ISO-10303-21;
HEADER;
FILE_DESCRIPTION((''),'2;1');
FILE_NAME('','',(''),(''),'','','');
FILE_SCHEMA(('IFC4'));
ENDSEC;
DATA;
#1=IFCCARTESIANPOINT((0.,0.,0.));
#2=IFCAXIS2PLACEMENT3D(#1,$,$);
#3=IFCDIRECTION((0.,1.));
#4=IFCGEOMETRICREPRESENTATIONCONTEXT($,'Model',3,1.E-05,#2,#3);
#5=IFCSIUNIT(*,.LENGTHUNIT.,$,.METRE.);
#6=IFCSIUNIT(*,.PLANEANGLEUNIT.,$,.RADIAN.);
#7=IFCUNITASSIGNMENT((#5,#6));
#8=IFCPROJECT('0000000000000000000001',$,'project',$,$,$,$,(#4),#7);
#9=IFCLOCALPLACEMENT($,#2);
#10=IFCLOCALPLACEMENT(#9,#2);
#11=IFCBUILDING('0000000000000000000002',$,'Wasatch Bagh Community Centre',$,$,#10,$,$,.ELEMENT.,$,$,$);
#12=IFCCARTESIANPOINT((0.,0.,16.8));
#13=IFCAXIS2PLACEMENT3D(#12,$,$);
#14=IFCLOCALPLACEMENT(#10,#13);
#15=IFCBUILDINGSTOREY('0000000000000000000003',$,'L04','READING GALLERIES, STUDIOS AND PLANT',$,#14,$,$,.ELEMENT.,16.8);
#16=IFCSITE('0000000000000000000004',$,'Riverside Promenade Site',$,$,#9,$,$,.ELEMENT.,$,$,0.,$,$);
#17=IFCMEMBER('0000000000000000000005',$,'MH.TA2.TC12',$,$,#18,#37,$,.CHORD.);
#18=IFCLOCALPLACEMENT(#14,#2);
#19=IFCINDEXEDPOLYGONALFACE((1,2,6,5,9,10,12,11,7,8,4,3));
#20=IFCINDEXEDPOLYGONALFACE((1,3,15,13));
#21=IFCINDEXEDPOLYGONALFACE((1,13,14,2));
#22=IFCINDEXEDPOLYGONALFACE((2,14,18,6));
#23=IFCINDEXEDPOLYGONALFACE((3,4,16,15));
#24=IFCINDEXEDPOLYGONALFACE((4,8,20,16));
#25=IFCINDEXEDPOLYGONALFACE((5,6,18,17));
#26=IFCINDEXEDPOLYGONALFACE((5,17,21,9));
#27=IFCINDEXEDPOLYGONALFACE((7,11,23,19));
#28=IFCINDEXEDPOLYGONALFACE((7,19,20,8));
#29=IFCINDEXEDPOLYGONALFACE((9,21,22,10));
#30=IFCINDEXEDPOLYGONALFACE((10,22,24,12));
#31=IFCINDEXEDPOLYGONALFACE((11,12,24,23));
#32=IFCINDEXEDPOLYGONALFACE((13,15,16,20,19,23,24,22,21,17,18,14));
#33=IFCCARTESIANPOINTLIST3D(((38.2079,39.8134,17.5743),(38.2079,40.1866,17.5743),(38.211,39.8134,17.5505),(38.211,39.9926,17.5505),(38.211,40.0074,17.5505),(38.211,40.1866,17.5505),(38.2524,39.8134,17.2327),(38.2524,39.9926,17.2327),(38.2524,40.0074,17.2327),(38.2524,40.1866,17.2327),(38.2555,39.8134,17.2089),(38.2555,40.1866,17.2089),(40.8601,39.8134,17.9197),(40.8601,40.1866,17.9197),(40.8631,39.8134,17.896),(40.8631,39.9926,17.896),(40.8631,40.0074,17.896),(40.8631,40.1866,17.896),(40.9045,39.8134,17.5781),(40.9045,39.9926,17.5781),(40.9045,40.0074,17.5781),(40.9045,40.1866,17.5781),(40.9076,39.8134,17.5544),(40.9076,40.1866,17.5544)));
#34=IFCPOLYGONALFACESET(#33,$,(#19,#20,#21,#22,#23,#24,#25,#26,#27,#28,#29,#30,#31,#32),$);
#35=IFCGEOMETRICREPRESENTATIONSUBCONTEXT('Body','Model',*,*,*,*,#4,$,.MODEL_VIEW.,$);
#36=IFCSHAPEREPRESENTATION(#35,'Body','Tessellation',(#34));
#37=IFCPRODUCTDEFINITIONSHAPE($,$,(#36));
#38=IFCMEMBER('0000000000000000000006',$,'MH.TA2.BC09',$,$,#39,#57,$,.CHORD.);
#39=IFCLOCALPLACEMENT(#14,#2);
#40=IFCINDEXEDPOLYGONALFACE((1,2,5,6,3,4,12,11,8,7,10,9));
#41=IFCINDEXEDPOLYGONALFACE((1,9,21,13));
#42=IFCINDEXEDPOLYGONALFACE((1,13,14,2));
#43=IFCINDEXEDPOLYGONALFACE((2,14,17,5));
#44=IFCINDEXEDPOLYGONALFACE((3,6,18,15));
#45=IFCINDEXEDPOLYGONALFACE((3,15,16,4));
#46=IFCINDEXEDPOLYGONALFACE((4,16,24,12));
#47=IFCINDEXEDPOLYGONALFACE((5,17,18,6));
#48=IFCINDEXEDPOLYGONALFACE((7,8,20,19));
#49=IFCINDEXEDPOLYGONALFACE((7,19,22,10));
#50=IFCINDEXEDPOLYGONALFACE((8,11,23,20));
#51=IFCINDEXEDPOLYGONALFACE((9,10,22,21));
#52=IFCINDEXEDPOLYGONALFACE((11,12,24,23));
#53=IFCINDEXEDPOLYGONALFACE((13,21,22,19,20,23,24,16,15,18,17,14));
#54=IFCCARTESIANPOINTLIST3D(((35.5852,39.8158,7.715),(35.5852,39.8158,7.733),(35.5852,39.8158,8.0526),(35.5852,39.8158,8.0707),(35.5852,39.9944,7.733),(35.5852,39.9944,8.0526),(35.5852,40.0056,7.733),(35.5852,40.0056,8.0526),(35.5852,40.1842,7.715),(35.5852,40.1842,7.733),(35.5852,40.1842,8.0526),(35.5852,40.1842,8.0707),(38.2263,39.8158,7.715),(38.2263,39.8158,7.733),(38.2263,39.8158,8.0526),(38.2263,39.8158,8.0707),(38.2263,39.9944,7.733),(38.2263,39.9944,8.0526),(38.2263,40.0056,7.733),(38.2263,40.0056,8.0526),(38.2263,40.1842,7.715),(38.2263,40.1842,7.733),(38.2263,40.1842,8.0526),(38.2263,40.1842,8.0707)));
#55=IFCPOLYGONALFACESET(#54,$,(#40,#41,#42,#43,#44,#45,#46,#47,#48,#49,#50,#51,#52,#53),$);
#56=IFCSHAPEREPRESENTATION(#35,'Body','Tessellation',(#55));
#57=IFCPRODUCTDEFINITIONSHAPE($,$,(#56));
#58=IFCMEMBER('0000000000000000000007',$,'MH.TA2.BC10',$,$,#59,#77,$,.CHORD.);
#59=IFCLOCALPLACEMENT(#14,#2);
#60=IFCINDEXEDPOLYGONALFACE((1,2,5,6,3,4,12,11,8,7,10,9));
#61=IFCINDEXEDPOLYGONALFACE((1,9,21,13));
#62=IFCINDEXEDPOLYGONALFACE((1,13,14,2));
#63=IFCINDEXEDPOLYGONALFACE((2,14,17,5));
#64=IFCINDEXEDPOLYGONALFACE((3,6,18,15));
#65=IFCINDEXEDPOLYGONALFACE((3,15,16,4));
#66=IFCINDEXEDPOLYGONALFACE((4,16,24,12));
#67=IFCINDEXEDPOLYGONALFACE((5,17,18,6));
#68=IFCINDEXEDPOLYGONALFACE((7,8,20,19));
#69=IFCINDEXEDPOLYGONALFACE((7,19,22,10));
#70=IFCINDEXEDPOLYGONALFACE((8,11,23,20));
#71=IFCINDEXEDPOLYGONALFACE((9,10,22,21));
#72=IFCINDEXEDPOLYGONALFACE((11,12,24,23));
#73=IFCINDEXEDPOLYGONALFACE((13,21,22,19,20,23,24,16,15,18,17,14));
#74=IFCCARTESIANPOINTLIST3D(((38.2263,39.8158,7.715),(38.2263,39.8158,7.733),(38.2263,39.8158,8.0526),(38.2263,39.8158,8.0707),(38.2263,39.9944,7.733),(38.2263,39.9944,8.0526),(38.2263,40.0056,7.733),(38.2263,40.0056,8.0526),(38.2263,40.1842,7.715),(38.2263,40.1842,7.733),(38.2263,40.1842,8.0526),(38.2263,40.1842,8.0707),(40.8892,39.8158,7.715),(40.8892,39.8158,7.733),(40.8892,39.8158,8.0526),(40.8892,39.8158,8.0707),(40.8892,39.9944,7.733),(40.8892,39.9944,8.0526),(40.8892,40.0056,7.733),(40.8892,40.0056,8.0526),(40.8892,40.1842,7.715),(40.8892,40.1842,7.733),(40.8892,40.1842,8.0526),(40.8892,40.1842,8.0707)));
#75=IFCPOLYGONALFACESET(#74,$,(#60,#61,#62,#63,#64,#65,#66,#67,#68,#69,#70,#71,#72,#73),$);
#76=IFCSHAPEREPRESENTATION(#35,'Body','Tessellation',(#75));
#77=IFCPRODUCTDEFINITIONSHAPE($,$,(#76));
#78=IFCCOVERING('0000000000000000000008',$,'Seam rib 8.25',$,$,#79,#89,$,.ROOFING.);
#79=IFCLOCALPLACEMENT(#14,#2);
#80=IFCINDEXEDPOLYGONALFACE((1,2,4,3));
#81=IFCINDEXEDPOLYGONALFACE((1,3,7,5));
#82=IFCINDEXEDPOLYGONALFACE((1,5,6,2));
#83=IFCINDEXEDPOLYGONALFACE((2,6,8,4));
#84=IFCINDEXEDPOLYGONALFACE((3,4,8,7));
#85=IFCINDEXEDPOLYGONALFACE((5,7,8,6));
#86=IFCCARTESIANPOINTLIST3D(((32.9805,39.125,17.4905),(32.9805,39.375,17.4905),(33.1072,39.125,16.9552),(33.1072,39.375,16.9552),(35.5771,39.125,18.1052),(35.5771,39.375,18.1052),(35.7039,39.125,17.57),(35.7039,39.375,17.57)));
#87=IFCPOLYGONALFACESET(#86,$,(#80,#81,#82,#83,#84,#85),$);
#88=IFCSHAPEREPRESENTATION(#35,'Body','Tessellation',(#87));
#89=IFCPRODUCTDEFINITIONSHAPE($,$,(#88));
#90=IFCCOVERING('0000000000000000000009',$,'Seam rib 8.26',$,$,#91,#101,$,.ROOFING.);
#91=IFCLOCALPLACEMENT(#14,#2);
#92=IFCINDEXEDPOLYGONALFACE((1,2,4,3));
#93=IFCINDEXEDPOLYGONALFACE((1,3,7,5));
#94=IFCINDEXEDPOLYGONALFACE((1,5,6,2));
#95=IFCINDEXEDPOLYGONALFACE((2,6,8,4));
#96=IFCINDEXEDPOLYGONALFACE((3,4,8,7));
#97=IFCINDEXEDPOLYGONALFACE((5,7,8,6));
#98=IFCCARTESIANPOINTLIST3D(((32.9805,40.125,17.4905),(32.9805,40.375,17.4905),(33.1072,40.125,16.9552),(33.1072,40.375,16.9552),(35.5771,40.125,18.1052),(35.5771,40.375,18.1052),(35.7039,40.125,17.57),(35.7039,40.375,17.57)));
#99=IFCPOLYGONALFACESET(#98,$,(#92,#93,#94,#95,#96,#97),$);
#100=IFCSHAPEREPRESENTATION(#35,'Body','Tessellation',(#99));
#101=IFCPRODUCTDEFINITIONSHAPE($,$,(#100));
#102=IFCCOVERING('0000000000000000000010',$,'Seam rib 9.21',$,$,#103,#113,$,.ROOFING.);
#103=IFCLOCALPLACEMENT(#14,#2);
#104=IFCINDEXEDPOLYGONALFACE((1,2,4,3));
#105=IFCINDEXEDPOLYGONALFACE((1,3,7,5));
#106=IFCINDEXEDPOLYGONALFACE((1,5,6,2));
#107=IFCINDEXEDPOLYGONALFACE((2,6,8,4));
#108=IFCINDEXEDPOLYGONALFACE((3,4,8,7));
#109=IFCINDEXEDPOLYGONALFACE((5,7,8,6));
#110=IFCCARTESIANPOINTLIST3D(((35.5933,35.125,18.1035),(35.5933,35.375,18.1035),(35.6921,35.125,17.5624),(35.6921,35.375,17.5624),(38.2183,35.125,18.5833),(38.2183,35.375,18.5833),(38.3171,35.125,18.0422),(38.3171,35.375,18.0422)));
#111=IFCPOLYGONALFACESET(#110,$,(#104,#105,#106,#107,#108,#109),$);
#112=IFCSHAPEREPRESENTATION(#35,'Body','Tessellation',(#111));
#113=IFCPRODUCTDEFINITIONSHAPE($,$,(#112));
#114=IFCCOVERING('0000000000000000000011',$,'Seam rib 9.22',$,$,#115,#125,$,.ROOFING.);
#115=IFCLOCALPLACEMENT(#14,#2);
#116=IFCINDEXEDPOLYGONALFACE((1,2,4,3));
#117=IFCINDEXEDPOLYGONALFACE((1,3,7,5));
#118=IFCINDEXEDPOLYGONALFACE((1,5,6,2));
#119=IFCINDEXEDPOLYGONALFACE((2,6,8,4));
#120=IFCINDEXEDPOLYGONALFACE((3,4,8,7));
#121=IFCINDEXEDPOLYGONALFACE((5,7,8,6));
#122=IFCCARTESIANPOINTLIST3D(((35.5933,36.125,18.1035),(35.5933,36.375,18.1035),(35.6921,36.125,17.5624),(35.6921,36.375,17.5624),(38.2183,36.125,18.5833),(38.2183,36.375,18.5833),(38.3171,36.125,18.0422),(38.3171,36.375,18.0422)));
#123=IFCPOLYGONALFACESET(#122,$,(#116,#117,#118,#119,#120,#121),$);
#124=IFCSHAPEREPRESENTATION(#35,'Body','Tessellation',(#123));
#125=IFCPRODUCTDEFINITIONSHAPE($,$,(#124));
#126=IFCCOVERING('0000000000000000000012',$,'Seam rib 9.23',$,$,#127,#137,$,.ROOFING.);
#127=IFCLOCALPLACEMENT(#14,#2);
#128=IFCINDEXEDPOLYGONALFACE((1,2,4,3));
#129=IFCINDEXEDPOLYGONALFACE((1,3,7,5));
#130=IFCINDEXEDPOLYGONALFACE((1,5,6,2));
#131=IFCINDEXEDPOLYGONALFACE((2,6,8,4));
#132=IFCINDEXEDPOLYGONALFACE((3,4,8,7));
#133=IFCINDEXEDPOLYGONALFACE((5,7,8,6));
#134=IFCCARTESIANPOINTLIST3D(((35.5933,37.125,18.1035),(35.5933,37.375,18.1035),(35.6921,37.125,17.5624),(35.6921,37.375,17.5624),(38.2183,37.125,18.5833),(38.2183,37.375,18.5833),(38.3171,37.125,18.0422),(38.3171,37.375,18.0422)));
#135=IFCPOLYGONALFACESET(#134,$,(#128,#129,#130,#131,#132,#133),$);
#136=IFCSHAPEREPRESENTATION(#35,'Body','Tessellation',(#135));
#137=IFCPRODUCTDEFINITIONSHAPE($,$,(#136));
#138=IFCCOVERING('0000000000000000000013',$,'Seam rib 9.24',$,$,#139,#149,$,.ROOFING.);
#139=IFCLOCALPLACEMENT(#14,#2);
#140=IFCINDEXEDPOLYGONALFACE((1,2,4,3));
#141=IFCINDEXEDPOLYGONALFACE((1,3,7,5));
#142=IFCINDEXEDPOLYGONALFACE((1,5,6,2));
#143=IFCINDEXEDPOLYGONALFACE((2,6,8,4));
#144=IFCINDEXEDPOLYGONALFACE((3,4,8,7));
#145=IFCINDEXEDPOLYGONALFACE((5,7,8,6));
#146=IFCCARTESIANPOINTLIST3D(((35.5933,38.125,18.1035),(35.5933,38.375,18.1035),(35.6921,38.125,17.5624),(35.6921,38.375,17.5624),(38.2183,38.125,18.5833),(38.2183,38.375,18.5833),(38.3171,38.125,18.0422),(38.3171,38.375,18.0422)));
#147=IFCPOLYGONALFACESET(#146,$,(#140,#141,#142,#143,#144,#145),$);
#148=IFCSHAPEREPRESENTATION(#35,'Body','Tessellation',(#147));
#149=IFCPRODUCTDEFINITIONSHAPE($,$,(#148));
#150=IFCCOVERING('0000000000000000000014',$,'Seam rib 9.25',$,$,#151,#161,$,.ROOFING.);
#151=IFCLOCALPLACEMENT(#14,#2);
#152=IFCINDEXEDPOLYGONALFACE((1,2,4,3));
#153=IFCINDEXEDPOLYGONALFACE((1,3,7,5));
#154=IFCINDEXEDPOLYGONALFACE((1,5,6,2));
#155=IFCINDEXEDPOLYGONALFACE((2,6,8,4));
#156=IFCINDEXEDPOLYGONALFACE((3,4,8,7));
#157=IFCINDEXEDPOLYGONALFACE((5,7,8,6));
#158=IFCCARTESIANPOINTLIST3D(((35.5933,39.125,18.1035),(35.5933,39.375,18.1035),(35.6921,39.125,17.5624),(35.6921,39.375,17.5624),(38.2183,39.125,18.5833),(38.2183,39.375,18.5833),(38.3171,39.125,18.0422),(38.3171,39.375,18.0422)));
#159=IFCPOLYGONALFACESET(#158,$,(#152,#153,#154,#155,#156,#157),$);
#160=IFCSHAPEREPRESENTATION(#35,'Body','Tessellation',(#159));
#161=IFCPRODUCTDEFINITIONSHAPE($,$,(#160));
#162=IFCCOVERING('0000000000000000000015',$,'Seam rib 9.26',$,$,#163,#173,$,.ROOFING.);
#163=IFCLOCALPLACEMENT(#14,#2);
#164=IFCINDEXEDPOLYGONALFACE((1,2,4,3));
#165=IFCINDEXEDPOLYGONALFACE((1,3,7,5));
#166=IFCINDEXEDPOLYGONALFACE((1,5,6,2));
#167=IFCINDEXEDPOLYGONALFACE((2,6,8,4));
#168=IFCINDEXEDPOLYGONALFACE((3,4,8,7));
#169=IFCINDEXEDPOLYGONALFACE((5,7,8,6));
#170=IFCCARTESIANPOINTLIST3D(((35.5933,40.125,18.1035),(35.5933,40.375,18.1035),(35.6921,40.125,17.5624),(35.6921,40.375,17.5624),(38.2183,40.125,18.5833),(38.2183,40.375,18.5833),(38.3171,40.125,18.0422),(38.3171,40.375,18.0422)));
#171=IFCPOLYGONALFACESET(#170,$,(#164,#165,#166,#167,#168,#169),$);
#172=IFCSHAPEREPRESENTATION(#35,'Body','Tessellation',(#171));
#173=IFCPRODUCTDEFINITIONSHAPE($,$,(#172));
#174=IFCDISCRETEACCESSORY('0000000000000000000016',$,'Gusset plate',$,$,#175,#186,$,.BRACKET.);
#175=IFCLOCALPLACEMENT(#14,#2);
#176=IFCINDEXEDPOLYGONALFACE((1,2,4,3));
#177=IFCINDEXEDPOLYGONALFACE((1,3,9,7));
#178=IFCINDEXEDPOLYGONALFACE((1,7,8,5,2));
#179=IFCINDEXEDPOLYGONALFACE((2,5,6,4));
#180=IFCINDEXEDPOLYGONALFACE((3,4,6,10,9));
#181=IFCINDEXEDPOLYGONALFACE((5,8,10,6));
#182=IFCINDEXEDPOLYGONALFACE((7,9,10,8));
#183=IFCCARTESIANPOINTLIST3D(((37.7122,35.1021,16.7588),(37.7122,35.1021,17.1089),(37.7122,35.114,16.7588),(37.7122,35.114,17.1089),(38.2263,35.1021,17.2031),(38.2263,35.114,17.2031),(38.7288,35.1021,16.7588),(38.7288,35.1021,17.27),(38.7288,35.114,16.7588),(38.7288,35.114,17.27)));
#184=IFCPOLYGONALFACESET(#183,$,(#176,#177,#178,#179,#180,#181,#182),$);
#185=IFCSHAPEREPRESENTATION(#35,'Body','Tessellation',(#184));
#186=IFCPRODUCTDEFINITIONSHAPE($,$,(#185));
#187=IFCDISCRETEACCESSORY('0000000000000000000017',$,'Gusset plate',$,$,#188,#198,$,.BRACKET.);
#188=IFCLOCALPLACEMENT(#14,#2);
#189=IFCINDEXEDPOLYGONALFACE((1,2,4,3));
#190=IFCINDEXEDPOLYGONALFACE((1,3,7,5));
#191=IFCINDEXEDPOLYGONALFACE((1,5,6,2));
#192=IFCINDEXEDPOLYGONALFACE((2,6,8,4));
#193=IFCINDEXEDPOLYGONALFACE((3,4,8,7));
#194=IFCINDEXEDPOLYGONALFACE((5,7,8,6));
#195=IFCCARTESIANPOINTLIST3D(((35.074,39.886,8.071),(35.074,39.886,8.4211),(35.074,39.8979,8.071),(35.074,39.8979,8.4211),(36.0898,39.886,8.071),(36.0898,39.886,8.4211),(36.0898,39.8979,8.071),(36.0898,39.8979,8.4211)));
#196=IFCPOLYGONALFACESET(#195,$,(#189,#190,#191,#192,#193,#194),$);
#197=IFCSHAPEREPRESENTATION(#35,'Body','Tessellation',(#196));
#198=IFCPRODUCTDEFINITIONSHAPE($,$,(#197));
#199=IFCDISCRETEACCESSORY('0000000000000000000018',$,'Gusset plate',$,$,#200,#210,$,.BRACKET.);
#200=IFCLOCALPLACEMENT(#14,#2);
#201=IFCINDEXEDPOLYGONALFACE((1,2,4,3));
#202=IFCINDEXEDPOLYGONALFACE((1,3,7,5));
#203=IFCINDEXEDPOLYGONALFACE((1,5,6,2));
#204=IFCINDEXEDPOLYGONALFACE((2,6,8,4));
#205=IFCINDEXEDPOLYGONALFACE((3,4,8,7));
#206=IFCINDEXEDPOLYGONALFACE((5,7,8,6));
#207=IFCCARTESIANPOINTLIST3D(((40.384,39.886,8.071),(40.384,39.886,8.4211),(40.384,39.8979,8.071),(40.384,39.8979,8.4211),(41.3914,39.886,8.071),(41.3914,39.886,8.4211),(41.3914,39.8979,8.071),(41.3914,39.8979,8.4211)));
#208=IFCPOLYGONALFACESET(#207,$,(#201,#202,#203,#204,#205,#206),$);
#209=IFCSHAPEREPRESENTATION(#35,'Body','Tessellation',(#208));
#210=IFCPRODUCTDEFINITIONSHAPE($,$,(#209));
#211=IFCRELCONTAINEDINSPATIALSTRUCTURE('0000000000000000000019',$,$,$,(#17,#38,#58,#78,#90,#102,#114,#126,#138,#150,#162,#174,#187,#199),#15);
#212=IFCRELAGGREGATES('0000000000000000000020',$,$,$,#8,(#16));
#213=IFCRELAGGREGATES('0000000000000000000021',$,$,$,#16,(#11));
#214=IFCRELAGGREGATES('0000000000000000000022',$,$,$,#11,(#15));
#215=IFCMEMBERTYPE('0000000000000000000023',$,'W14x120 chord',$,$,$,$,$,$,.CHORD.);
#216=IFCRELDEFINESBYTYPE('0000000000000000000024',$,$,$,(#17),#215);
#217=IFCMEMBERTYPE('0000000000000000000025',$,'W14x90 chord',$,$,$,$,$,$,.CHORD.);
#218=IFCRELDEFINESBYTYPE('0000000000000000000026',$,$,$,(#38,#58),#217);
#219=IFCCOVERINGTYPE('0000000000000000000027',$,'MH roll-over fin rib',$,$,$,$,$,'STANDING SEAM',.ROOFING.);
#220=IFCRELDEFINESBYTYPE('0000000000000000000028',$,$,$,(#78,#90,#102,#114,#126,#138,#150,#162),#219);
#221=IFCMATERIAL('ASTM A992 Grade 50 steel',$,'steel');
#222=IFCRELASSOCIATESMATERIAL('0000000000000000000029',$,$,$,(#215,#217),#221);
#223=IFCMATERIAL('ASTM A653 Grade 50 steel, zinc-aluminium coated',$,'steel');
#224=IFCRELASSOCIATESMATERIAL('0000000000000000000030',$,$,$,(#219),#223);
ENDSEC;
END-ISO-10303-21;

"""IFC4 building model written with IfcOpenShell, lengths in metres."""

from ifc_helpers import new_model, si_unit, direction, frame, origin, origin_2d, place, context, subcontext, project, spatial, polyline, i_section, outline, extrude, material, material_profile, profile_set, type_object, element, save


model = new_model("IFC4")

# Units and contexts
model_context = context("Model", 3, precision=1e-05, world=origin(), true_north=direction((0.0, 1.0)))
body_context = subcontext(model_context, "Body", "Model", "MODEL_VIEW")
ifc_project = project(units=[si_unit("LENGTHUNIT", "METRE"), si_unit("PLANEANGLEUNIT", "RADIAN")], contexts=[model_context])

# Site, building, storey
site_placement = place(None, origin())
site = spatial("IfcSite", under=ifc_project, at=site_placement, Name="Riverside Promenade Site", CompositionType="ELEMENT", RefElevation=0.0)
building_placement = place(site_placement, origin())
building = spatial("IfcBuilding", under=site, at=building_placement, Name="Wasatch Bagh Community Centre", CompositionType="ELEMENT")
storey_placement = place(building_placement, frame((0.0, 0.0, 16.8)))
storey = spatial("IfcBuildingStorey", under=building, at=storey_placement, Name="L04", Description="READING GALLERIES, STUDIOS AND PLANT", CompositionType="ELEMENT", Elevation=16.8)

# Members
ifc_material_1 = material(Name="ASTM A992 Grade 50 steel", Category="steel")
ifc_material_profile_1 = material_profile(ifc_material_1, i_section(OverallWidth=0.3733, OverallDepth=0.3684, WebThickness=0.0149, FlangeThickness=0.0239, at=origin_2d()), Name="W14x120")
ifc_profile_set_1 = profile_set([ifc_material_profile_1], Name="ASTM A992 Grade 50 steel")
member_type_1 = type_object("IfcMemberType", Name="W14x120 chord", PredefinedType="CHORD", material=ifc_profile_set_1)
member_1_placement = place(storey_placement, frame((38.2317, 40.0, 17.3916), z_axis=(0.991623, 0.0, 0.129167), x_axis=(0.0, 1.0, 0.0)))
element("IfcMember", 1, at=member_1_placement, inside=storey, type_object=member_type_1, Name="MH.TA2.TC12", PredefinedType="CHORD", context=body_context, shape_type="SweptSolid", body=[
    extrude(i_section(OverallWidth=0.3733, OverallDepth=0.3684, WebThickness=0.0149, FlangeThickness=0.0239, at=origin_2d()), origin(), (0.0, 0.0, 1.0), 2.6746),
])
ifc_material_profile_2 = material_profile(ifc_material_1, i_section(OverallWidth=0.3684, OverallDepth=0.3557, WebThickness=0.0112, FlangeThickness=0.0181, at=origin_2d()), Name="W14x90")
ifc_profile_set_2 = profile_set([ifc_material_profile_2], Name="ASTM A992 Grade 50 steel")
member_type_2 = type_object("IfcMemberType", Name="W14x90 chord", PredefinedType="CHORD", material=ifc_profile_set_2)
member_2_placement = place(storey_placement, frame((35.5852, 40.0, 7.8928), z_axis=(1.0, 0.0, 0.0), x_axis=(0.0, 1.0, 0.0)))
element("IfcMember", 2, at=member_2_placement, inside=storey, type_object=member_type_2, Name="MH.TA2.BC09", PredefinedType="CHORD", context=body_context, shape_type="SweptSolid", body=[
    extrude(i_section(OverallWidth=0.3684, OverallDepth=0.3557, WebThickness=0.0112, FlangeThickness=0.0181, at=origin_2d()), origin(), (0.0, 0.0, 1.0), 2.6411),
])
member_3_placement = place(storey_placement, frame((38.2263, 40.0, 7.8928), z_axis=(1.0, 0.0, 0.0), x_axis=(0.0, 1.0, 0.0)))
element("IfcMember", 3, at=member_3_placement, inside=storey, type_object=member_type_2, Name="MH.TA2.BC10", PredefinedType="CHORD", context=body_context, shape_type="SweptSolid", body=[
    extrude(i_section(OverallWidth=0.3684, OverallDepth=0.3557, WebThickness=0.0112, FlangeThickness=0.0181, at=origin_2d()), origin(), (0.0, 0.0, 1.0), 2.6628),
])

# Coverings
ifc_material_2 = material(Name="ASTM A653 Grade 50 steel, zinc-aluminium coated", Category="steel")
covering_type = type_object("IfcCoveringType", Name="MH roll-over fin rib", ElementType="STANDING SEAM", PredefinedType="ROOFING", material=ifc_material_2)
for number, where, z_axis, x_axis, name in (
    (4, (32.9805, 39.125, 17.4905), (-0.230375, 0.0, 0.973102), (0.973102, 0.0, 0.230375), "Seam rib 8.25"),
    (5, (32.9805, 40.125, 17.4905), (-0.230375, 0.0, 0.973102), (0.973102, 0.0, 0.230375), "Seam rib 8.26"),
):
    element("IfcCovering", number, at=place(storey_placement, frame(where, z_axis=z_axis, x_axis=x_axis)), inside=storey, type_object=covering_type, Name=name, PredefinedType="ROOFING", context=body_context, shape_type="SweptSolid", body=[
        extrude(outline(polyline([(0.0, 0.0), (2.6685, 0.0), (2.6685, 0.25), (0.0, 0.25), (0.0, 0.0)])), origin(), (0.0, 0.0, -1.0), 0.55),
    ])
for number, where, z_axis, x_axis, name in (
    (6, (35.5933, 35.125, 18.1035), (-0.179779, 0.0, 0.983707), (0.983707, 0.0, 0.179779), "Seam rib 9.21"),
    (7, (35.5933, 36.125, 18.1035), (-0.179779, 0.0, 0.983707), (0.983707, 0.0, 0.179779), "Seam rib 9.22"),
    (8, (35.5933, 37.125, 18.1035), (-0.179779, 0.0, 0.983707), (0.983707, 0.0, 0.179779), "Seam rib 9.23"),
    (9, (35.5933, 38.125, 18.1035), (-0.179779, 0.0, 0.983707), (0.983707, 0.0, 0.179779), "Seam rib 9.24"),
    (10, (35.5933, 39.125, 18.1035), (-0.179779, 0.0, 0.983707), (0.983707, 0.0, 0.179779), "Seam rib 9.25"),
    (11, (35.5933, 40.125, 18.1035), (-0.179779, 0.0, 0.983707), (0.983707, 0.0, 0.179779), "Seam rib 9.26"),
):
    element("IfcCovering", number, at=place(storey_placement, frame(where, z_axis=z_axis, x_axis=x_axis)), inside=storey, type_object=covering_type, Name=name, PredefinedType="ROOFING", context=body_context, shape_type="SweptSolid", body=[
        extrude(outline(polyline([(0.0, 0.0), (2.6685, 0.0), (2.6685, 0.25), (0.0, 0.25), (0.0, 0.0)])), origin(), (0.0, 0.0, -1.0), 0.55),
    ])

# Discrete accessories
discrete_accessory_1_placement = place(storey_placement, frame((37.7122, 35.114, 17.1089), z_axis=(0.0, 1.0, 0.0), x_axis=(0.983615, 0.0, 0.180283)))
element("IfcDiscreteAccessory", 12, at=discrete_accessory_1_placement, inside=storey, Name="Gusset plate", PredefinedType="BRACKET", context=body_context, shape_type="SweptSolid", body=[
    extrude(outline(polyline([(0.0, 0.0), (0.5227, 0.0), (1.029, 0.0248), (0.9368, 0.5276), (-0.0631, 0.3444), (0.0, 0.0)])), origin(), (0.0, 0.0, -1.0), 0.012),
])
discrete_accessory_2_placement = place(storey_placement, frame((35.074, 39.886, 8.071), z_axis=(0.0, -1.0, 0.0), x_axis=(1.0, 0.0, 0.0)))
element("IfcDiscreteAccessory", 13, at=discrete_accessory_2_placement, inside=storey, Name="Gusset plate", PredefinedType="BRACKET", context=body_context, shape_type="SweptSolid", body=[
    extrude(outline(polyline([(0.0, 0.0), (1.0159, 0.0), (1.0159, 0.3501), (0.0, 0.3501), (0.0, 0.0)])), origin(), (0.0, 0.0, -1.0), 0.012),
])
discrete_accessory_3_placement = place(storey_placement, frame((40.384, 39.886, 8.071), z_axis=(0.0, -1.0, 0.0), x_axis=(1.0, 0.0, 0.0)))
element("IfcDiscreteAccessory", 14, at=discrete_accessory_3_placement, inside=storey, Name="Gusset plate", PredefinedType="BRACKET", context=body_context, shape_type="SweptSolid", body=[
    extrude(outline(polyline([(0.0, 0.0), (1.0073, 0.0), (1.0073, 0.3501), (0.0, 0.3501), (0.0, 0.0)])), origin(), (0.0, 0.0, -1.0), 0.012),
])

save(model, "model.ifc")
